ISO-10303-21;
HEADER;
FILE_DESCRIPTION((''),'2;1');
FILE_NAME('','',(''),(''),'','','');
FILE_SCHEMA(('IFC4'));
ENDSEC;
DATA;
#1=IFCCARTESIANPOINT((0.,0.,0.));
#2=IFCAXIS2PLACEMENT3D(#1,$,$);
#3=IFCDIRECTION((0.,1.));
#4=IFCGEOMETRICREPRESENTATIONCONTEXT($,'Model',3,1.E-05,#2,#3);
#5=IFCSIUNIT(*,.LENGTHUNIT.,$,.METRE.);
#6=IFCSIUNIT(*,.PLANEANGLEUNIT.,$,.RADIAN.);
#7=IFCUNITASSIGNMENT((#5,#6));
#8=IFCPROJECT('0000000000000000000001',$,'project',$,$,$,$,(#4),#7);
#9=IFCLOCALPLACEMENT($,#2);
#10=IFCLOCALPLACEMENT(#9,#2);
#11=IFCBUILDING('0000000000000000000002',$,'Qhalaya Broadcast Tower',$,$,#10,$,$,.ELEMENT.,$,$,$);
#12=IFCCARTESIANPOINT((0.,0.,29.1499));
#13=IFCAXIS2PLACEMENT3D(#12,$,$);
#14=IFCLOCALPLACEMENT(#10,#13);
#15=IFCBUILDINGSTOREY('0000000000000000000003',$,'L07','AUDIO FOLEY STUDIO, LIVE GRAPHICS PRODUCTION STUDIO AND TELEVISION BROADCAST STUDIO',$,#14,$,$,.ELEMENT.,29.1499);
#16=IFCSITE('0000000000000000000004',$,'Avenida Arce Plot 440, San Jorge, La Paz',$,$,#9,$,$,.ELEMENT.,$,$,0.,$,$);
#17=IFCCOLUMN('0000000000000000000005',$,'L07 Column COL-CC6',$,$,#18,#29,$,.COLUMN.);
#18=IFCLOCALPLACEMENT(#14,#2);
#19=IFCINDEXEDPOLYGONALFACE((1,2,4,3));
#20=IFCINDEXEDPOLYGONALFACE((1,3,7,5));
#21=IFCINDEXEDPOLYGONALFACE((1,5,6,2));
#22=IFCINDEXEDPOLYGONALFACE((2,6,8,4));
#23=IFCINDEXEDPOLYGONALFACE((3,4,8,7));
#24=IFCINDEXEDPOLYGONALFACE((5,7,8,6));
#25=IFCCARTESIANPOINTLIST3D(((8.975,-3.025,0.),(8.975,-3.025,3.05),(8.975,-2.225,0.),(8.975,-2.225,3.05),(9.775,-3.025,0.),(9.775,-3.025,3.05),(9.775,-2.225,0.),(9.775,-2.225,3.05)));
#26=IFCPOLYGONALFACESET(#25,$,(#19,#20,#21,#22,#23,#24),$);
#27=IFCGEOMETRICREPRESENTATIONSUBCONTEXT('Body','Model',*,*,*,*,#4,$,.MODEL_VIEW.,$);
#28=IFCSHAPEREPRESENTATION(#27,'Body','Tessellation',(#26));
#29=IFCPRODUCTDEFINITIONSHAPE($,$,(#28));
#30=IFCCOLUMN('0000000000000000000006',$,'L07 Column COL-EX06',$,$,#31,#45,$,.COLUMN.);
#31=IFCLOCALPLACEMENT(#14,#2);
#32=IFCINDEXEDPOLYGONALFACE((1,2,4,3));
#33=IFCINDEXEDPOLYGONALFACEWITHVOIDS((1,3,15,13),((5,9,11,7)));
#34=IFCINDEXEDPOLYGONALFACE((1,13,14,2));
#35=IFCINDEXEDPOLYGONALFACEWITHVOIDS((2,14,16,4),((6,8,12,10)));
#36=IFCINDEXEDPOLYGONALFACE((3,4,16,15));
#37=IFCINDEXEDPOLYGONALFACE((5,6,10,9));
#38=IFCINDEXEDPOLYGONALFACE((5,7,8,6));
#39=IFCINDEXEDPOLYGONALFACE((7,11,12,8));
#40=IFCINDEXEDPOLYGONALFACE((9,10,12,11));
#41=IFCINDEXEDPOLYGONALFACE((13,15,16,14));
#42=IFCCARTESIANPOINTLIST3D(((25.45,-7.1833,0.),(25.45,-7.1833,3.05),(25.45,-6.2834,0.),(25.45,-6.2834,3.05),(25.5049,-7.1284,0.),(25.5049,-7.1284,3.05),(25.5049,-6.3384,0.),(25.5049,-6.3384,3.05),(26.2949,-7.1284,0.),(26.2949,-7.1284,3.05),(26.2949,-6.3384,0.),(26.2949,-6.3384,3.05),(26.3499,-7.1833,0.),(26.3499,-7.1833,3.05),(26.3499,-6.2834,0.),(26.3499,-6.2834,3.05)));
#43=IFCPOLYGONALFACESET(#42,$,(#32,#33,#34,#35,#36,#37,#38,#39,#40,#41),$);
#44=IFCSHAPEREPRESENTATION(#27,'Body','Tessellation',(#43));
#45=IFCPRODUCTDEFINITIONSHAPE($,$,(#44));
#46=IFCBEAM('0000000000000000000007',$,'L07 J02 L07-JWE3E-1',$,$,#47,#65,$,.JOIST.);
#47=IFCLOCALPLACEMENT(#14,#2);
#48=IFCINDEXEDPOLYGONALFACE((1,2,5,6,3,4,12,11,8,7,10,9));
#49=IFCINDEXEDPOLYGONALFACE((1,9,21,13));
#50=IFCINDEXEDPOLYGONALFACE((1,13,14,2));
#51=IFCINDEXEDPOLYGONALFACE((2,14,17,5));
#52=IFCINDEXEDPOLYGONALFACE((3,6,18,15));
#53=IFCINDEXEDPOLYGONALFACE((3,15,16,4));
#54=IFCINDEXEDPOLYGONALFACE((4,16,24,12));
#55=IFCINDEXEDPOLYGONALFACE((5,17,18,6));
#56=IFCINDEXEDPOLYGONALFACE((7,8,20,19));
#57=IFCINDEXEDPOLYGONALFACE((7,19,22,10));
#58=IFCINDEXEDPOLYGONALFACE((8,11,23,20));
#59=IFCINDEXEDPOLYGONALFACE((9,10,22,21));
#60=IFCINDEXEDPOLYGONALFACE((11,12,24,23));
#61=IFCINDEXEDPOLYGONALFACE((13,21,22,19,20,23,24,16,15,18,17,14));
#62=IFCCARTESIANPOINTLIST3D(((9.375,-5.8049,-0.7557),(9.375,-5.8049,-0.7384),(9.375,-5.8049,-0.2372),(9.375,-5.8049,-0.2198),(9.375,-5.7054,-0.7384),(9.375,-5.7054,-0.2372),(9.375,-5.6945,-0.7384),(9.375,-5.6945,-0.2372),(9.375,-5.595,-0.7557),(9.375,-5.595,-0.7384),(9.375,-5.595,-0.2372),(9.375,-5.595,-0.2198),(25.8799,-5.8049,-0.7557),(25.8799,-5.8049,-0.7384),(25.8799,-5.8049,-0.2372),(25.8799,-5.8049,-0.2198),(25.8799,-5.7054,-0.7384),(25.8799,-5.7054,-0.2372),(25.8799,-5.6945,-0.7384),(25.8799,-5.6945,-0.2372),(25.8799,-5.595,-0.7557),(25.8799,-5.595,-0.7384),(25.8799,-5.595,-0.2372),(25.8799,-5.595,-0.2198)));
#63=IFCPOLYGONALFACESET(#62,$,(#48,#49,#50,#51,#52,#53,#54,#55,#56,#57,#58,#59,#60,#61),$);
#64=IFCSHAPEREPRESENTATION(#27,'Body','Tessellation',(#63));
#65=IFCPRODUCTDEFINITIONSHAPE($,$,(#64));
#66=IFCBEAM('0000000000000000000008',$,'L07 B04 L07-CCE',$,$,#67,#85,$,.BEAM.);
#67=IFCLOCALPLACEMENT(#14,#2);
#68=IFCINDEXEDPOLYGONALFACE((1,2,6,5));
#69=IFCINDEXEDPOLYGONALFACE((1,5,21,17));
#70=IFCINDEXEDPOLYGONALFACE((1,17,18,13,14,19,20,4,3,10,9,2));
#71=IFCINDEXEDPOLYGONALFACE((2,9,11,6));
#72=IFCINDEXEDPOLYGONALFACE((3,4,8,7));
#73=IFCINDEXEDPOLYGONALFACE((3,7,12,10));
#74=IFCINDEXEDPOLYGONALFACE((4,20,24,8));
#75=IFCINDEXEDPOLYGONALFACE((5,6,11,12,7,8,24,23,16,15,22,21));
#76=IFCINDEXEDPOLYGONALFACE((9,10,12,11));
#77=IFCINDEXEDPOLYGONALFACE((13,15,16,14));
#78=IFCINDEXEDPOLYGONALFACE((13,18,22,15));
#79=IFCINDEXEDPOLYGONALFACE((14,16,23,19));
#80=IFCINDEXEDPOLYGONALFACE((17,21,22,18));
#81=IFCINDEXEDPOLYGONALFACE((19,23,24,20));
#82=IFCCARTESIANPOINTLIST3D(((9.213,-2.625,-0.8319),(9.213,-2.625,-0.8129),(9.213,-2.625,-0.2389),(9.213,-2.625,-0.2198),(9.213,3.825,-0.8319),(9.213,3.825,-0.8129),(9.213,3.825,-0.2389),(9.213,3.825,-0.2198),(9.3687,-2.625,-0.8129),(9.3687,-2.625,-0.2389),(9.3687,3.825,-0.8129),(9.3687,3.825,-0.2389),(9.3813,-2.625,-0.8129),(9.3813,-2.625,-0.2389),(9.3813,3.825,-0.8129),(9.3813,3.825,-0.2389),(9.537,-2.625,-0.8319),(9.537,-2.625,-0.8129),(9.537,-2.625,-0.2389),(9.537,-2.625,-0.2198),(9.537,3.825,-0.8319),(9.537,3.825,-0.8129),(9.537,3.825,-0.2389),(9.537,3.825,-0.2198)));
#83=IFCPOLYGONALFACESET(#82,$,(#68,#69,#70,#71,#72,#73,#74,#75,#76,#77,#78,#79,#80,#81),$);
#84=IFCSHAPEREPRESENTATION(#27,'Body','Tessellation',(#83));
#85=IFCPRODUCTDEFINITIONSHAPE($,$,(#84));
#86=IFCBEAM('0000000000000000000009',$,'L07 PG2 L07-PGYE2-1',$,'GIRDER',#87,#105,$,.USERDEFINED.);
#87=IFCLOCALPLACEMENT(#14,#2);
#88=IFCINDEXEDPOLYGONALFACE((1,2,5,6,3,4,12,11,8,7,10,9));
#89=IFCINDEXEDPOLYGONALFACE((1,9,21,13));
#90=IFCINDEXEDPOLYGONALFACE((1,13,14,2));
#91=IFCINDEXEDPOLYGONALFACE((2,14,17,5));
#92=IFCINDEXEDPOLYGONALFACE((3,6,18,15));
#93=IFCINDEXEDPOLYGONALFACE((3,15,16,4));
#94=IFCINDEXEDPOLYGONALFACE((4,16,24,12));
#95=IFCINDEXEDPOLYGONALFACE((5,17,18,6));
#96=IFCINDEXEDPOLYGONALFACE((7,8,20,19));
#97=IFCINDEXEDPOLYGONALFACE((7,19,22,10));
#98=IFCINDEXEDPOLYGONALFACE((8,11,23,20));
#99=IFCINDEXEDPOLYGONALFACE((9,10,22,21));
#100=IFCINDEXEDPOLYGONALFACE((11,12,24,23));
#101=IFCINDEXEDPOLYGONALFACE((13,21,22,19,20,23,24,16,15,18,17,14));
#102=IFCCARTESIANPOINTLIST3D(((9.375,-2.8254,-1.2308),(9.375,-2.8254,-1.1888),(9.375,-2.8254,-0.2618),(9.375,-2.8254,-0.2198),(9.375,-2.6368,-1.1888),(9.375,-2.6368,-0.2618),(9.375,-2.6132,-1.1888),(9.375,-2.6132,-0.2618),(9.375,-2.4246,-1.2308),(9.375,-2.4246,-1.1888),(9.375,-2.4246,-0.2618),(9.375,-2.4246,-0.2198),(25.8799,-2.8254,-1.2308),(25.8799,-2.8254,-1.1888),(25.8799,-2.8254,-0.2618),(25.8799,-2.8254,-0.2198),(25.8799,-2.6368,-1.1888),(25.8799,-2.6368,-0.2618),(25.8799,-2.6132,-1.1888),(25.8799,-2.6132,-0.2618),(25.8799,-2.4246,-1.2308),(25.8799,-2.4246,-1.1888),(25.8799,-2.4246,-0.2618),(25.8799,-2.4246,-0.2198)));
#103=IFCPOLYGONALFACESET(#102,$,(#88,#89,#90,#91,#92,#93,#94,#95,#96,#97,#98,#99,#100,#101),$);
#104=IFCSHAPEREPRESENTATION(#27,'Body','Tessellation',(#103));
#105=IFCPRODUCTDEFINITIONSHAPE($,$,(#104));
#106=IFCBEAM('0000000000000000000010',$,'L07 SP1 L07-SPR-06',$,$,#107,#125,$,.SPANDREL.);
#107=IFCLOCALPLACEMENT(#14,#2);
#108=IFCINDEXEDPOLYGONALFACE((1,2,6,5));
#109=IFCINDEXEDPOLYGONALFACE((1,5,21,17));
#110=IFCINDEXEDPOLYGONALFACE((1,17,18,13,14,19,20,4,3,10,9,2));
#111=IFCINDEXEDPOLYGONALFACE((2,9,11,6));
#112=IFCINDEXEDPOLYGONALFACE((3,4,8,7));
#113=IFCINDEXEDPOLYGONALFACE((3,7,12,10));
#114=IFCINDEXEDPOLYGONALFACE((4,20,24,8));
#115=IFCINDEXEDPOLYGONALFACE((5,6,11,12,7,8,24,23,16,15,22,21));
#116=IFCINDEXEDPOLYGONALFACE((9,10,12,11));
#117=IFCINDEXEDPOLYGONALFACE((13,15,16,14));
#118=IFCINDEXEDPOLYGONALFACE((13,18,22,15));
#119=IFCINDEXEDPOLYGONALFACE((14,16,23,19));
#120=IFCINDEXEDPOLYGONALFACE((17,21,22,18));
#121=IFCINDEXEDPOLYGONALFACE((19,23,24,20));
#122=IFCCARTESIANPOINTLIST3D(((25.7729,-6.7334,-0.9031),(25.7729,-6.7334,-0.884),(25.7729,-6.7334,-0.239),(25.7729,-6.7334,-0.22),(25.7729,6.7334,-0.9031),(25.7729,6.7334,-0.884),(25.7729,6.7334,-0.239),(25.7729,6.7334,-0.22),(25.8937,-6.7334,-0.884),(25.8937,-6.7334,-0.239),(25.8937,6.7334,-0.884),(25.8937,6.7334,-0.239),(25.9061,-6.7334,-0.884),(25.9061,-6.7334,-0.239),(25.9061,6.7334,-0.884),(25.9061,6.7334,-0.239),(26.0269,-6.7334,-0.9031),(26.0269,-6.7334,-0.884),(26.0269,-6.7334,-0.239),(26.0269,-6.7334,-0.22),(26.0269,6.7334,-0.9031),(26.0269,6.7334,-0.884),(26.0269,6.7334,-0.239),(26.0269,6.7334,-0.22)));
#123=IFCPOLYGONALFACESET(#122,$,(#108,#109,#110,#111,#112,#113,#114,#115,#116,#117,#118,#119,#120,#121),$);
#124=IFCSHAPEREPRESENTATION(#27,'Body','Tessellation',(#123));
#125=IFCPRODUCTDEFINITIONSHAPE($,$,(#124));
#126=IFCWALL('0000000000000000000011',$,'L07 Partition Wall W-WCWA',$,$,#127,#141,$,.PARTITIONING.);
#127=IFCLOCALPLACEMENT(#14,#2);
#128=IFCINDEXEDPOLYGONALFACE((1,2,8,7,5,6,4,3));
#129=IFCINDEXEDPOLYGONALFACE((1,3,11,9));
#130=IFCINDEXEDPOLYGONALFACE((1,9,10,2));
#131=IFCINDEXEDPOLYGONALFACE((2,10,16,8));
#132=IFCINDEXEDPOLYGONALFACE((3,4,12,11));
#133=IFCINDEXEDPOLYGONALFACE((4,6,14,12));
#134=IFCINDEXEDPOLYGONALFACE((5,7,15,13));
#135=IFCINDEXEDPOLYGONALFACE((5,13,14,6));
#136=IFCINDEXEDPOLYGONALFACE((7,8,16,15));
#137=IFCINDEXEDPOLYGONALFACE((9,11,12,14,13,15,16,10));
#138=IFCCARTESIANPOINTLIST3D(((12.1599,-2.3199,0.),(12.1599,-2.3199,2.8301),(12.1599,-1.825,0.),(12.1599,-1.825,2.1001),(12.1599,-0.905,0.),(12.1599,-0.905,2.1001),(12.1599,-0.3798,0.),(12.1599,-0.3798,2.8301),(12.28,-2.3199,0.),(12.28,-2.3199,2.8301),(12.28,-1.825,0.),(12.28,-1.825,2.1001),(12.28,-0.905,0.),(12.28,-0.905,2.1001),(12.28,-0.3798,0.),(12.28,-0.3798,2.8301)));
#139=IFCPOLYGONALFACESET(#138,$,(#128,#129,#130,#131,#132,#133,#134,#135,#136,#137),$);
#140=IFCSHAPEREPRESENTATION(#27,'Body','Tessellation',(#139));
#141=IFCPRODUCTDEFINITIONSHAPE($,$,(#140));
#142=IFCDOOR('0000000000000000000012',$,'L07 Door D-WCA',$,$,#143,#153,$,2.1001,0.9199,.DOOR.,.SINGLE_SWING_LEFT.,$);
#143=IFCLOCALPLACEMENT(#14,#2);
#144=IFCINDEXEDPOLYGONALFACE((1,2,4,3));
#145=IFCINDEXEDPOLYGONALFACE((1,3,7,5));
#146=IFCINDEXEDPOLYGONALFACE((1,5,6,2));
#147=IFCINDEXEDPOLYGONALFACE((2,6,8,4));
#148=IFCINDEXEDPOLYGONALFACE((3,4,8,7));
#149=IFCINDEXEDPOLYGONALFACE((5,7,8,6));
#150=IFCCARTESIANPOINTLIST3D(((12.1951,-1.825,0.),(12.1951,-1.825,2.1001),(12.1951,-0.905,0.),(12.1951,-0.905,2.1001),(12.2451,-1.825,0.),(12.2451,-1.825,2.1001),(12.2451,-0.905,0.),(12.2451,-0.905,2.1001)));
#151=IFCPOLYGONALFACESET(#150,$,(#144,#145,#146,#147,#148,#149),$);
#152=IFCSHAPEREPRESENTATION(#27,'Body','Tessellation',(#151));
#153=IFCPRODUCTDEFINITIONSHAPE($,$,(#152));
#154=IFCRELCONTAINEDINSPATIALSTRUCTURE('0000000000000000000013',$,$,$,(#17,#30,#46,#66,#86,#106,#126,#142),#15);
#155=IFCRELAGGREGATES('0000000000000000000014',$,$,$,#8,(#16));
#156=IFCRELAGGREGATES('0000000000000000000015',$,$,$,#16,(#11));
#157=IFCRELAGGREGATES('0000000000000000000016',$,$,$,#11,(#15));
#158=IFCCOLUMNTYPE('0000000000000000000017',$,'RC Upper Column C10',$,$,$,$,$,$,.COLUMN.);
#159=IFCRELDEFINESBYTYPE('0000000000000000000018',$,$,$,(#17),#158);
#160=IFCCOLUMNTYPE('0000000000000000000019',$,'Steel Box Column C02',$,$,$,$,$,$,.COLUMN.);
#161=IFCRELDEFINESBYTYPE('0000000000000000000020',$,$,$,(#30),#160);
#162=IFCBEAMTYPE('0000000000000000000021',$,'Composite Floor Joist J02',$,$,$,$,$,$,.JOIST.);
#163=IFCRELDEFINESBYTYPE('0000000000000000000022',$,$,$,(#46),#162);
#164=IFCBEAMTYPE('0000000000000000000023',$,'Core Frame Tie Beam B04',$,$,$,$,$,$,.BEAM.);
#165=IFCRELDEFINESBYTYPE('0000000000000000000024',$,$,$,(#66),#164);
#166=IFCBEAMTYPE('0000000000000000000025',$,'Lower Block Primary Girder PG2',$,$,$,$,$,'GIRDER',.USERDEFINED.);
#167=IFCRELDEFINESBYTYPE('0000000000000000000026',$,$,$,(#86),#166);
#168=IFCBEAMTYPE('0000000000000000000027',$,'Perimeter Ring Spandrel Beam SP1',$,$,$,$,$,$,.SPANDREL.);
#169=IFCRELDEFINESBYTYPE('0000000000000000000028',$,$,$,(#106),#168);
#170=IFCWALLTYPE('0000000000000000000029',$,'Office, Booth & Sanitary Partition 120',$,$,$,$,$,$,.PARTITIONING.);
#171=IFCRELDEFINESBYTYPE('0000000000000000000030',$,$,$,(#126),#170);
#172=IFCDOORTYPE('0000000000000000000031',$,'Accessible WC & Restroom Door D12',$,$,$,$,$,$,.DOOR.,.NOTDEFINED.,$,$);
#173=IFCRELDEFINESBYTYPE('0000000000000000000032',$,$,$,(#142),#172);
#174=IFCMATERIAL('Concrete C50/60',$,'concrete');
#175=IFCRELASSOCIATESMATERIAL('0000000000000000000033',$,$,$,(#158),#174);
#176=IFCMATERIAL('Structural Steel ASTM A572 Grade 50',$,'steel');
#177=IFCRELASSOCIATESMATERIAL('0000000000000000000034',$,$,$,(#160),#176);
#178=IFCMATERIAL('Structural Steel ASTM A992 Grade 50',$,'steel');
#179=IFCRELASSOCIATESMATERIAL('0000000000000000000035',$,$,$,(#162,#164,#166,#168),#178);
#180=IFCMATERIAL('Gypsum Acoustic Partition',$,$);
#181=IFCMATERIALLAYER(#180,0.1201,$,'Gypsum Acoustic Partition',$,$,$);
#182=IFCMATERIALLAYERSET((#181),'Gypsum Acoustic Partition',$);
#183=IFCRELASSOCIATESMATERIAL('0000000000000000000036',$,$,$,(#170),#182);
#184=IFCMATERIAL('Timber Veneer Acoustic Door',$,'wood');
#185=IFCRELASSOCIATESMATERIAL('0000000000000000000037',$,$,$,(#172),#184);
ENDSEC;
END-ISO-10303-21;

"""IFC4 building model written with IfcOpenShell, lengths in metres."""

from ifc_helpers import new_model, si_unit, direction, frame, frame_2d, origin, origin_2d, place, context, subcontext, project, spatial, rectangle, hollow_rectangle, i_section, extrude, material, layer, layer_set, material_profile, profile_set, type_object, element, fill, save


model = new_model("IFC4")

# Units and contexts
model_context = context("Model", 3, precision=1e-05, world=origin(), true_north=direction((0.0, 1.0)))
body_context = subcontext(model_context, "Body", "Model", "MODEL_VIEW")
ifc_project = project(units=[si_unit("LENGTHUNIT", "METRE"), si_unit("PLANEANGLEUNIT", "RADIAN")], contexts=[model_context])

# Site, building, storey
site_placement = place(None, origin())
site = spatial("IfcSite", under=ifc_project, at=site_placement, Name="Avenida Arce Plot 440, San Jorge, La Paz", CompositionType="ELEMENT", RefElevation=0.0)
building_placement = place(site_placement, origin())
building = spatial("IfcBuilding", under=site, at=building_placement, Name="Qhalaya Broadcast Tower", CompositionType="ELEMENT")
storey_placement = place(building_placement, frame((0.0, 0.0, 29.1499)))
storey = spatial("IfcBuildingStorey", under=building, at=storey_placement, Name="L07", Description="AUDIO FOLEY STUDIO, LIVE GRAPHICS PRODUCTION STUDIO AND TELEVISION BROADCAST STUDIO", CompositionType="ELEMENT", Elevation=29.1499)

# Columns
ifc_material_1 = material(Name="Concrete C50/60", Category="concrete")
ifc_material_profile_1 = material_profile(ifc_material_1, rectangle(XDim=0.8, YDim=0.8, at=origin_2d()), Name="RC-COL 800x800")
ifc_profile_set_1 = profile_set([ifc_material_profile_1], Name="Concrete C50/60")
column_type_1 = type_object("IfcColumnType", Name="RC Upper Column C10", PredefinedType="COLUMN", material=ifc_profile_set_1)
column_1_placement = place(storey_placement, frame((9.375, -2.625, 0.0), z_axis=(0.0, 0.0, 1.0), x_axis=(1.0, 0.0, 0.0)))
element("IfcColumn", 1, at=column_1_placement, inside=storey, type_object=column_type_1, Name="L07 Column COL-CC6", PredefinedType="COLUMN", context=body_context, shape_type="SweptSolid", body=[
    extrude(rectangle(XDim=0.8, YDim=0.8, at=origin_2d()), origin(), (0.0, 0.0, 1.0), 3.05),
])
ifc_material_2 = material(Name="Structural Steel ASTM A572 Grade 50", Category="steel")
ifc_material_profile_2 = material_profile(ifc_material_2, hollow_rectangle(XDim=0.8999, YDim=0.8999, WallThickness=0.0549, at=origin_2d()), Name="BOX 900x900x55")
ifc_profile_set_2 = profile_set([ifc_material_profile_2], Name="Structural Steel ASTM A572 Grade 50")
column_type_2 = type_object("IfcColumnType", Name="Steel Box Column C02", PredefinedType="COLUMN", material=ifc_profile_set_2)
column_2_placement = place(storey_placement, frame((25.8999, -6.7334, 0.0), z_axis=(0.0, 0.0, 1.0), x_axis=(0.0, 1.0, 0.0)))
element("IfcColumn", 2, at=column_2_placement, inside=storey, type_object=column_type_2, Name="L07 Column COL-EX06", PredefinedType="COLUMN", context=body_context, shape_type="SweptSolid", body=[
    extrude(hollow_rectangle(XDim=0.8999, YDim=0.8999, WallThickness=0.0549, at=origin_2d()), origin(), (0.0, 0.0, 1.0), 3.05),
])

# Beams
ifc_material_3 = material(Name="Structural Steel ASTM A992 Grade 50", Category="steel")
ifc_material_profile_3 = material_profile(ifc_material_3, i_section(OverallWidth=0.21, OverallDepth=0.5359, WebThickness=0.011, FlangeThickness=0.0173, at=origin_2d()), Name="W21X68")
ifc_profile_set_3 = profile_set([ifc_material_profile_3], Name="Structural Steel ASTM A992 Grade 50")
beam_type_1 = type_object("IfcBeamType", Name="Composite Floor Joist J02", PredefinedType="JOIST", material=ifc_profile_set_3)
beam_1_placement = place(storey_placement, frame((9.375, -5.7, -0.4878), z_axis=(1.0, 0.0, 0.0), x_axis=(0.0, 1.0, 0.0)))
element("IfcBeam", 3, at=beam_1_placement, inside=storey, type_object=beam_type_1, Name="L07 J02 L07-JWE3E-1", PredefinedType="JOIST", context=body_context, shape_type="SweptSolid", body=[
    extrude(i_section(OverallWidth=0.21, OverallDepth=0.5359, WebThickness=0.011, FlangeThickness=0.0173, at=origin_2d()), origin(), (0.0, 0.0, 1.0), 16.5049),
])
ifc_material_profile_4 = material_profile(ifc_material_3, i_section(OverallWidth=0.324, OverallDepth=0.6121, WebThickness=0.0127, FlangeThickness=0.019, at=origin_2d()), Name="W24X104")
ifc_profile_set_4 = profile_set([ifc_material_profile_4], Name="Structural Steel ASTM A992 Grade 50")
beam_type_2 = type_object("IfcBeamType", Name="Core Frame Tie Beam B04", PredefinedType="BEAM", material=ifc_profile_set_4)
beam_2_placement = place(storey_placement, frame((9.375, -2.625, -0.5259), z_axis=(0.0, 1.0, 0.0), x_axis=(-1.0, 0.0, 0.0)))
element("IfcBeam", 4, at=beam_2_placement, inside=storey, type_object=beam_type_2, Name="L07 B04 L07-CCE", PredefinedType="BEAM", context=body_context, shape_type="SweptSolid", body=[
    extrude(i_section(OverallWidth=0.324, OverallDepth=0.6121, WebThickness=0.0127, FlangeThickness=0.019, at=origin_2d()), origin(), (0.0, 0.0, 1.0), 6.45),
])
ifc_material_profile_5 = material_profile(ifc_material_3, i_section(OverallWidth=0.4009, OverallDepth=1.011, WebThickness=0.0237, FlangeThickness=0.042, at=origin_2d()), Name="W40X297")
ifc_profile_set_5 = profile_set([ifc_material_profile_5], Name="Structural Steel ASTM A992 Grade 50")
beam_type_3 = type_object("IfcBeamType", Name="Lower Block Primary Girder PG2", ElementType="GIRDER", PredefinedType="USERDEFINED", material=ifc_profile_set_5)
beam_3_placement = place(storey_placement, frame((9.375, -2.625, -0.7253), z_axis=(1.0, 0.0, 0.0), x_axis=(0.0, 1.0, 0.0)))
element("IfcBeam", 5, at=beam_3_placement, inside=storey, type_object=beam_type_3, Name="L07 PG2 L07-PGYE2-1", ObjectType="GIRDER", PredefinedType="USERDEFINED", context=body_context, shape_type="SweptSolid", body=[
    extrude(i_section(OverallWidth=0.4009, OverallDepth=1.011, WebThickness=0.0237, FlangeThickness=0.042, at=origin_2d()), origin(), (0.0, 0.0, 1.0), 16.5049),
])
ifc_material_profile_6 = material_profile(ifc_material_3, i_section(OverallWidth=0.2539, OverallDepth=0.6831, WebThickness=0.0125, FlangeThickness=0.019, at=origin_2d()), Name="W27X94")
ifc_profile_set_6 = profile_set([ifc_material_profile_6], Name="Structural Steel ASTM A992 Grade 50")
beam_type_4 = type_object("IfcBeamType", Name="Perimeter Ring Spandrel Beam SP1", PredefinedType="SPANDREL", material=ifc_profile_set_6)
beam_4_placement = place(storey_placement, frame((25.8999, -6.7334, -0.5615), z_axis=(0.0, 1.0, 0.0), x_axis=(-1.0, 0.0, 0.0)))
element("IfcBeam", 6, at=beam_4_placement, inside=storey, type_object=beam_type_4, Name="L07 SP1 L07-SPR-06", PredefinedType="SPANDREL", context=body_context, shape_type="SweptSolid", body=[
    extrude(i_section(OverallWidth=0.2539, OverallDepth=0.6831, WebThickness=0.0125, FlangeThickness=0.019, at=origin_2d()), origin(), (0.0, 0.0, 1.0), 13.4668),
])

# Wall, opening, door
ifc_material_4 = material(Name="Gypsum Acoustic Partition")
ifc_layer = layer(ifc_material_4, 0.1201, Name="Gypsum Acoustic Partition")
ifc_layer_set = layer_set([ifc_layer], Name="Gypsum Acoustic Partition")
wall_type = type_object("IfcWallType", Name="Office, Booth & Sanitary Partition 120", PredefinedType="PARTITIONING", material=ifc_layer_set)
wall_1_placement = place(storey_placement, frame((12.22, -2.3201, 0.0), z_axis=(0.0, 0.0, 1.0), x_axis=(0.0, 1.0, 0.0)))
wall_1 = element("IfcWall", 7, at=wall_1_placement, inside=storey, type_object=wall_type, Name="L07 Partition Wall W-WCWA", PredefinedType="PARTITIONING", context=body_context, shape_type="SweptSolid", body=[
    extrude(rectangle(XDim=1.9402, YDim=0.1201, at=frame_2d((0.9702, 0.0))), origin(), (0.0, 0.0, 1.0), 2.8301),
])
opening_1_placement = place(wall_1_placement, frame((0.4951, 0.0, 0.0)))
opening_1 = element("IfcOpeningElement", 8, at=opening_1_placement, cuts=wall_1, PredefinedType="OPENING", context=body_context, shape_type="SweptSolid", body=[
    extrude(rectangle(XDim=0.9199, YDim=2.1001, at=frame_2d((0.46, 1.05))), frame((0.0, 0.072, 0.0), z_axis=(0.0, -1.0, 0.0), x_axis=(1.0, 0.0, 0.0)), (0.0, 0.0, 1.0), 0.144),
])
ifc_material_5 = material(Name="Timber Veneer Acoustic Door", Category="wood")
door_type = type_object("IfcDoorType", Name="Accessible WC & Restroom Door D12", OperationType="NOTDEFINED", PredefinedType="DOOR", material=ifc_material_5)
door_1_placement = place(opening_1_placement, origin())
door_1 = element("IfcDoor", 9, at=door_1_placement, inside=storey, type_object=door_type, Name="L07 Door D-WCA", OperationType="SINGLE_SWING_LEFT", OverallHeight=2.1001, OverallWidth=0.9199, PredefinedType="DOOR", context=body_context, shape_type="SweptSolid", body=[
    extrude(rectangle(XDim=0.9199, YDim=2.1001, at=frame_2d((0.46, 1.05))), frame((0.0, 0.0249, 0.0), z_axis=(0.0, -1.0, 0.0), x_axis=(1.0, 0.0, 0.0)), (0.0, 0.0, 1.0), 0.05),
])
fill(opening_1, door_1)

save(model, "model.ifc")
